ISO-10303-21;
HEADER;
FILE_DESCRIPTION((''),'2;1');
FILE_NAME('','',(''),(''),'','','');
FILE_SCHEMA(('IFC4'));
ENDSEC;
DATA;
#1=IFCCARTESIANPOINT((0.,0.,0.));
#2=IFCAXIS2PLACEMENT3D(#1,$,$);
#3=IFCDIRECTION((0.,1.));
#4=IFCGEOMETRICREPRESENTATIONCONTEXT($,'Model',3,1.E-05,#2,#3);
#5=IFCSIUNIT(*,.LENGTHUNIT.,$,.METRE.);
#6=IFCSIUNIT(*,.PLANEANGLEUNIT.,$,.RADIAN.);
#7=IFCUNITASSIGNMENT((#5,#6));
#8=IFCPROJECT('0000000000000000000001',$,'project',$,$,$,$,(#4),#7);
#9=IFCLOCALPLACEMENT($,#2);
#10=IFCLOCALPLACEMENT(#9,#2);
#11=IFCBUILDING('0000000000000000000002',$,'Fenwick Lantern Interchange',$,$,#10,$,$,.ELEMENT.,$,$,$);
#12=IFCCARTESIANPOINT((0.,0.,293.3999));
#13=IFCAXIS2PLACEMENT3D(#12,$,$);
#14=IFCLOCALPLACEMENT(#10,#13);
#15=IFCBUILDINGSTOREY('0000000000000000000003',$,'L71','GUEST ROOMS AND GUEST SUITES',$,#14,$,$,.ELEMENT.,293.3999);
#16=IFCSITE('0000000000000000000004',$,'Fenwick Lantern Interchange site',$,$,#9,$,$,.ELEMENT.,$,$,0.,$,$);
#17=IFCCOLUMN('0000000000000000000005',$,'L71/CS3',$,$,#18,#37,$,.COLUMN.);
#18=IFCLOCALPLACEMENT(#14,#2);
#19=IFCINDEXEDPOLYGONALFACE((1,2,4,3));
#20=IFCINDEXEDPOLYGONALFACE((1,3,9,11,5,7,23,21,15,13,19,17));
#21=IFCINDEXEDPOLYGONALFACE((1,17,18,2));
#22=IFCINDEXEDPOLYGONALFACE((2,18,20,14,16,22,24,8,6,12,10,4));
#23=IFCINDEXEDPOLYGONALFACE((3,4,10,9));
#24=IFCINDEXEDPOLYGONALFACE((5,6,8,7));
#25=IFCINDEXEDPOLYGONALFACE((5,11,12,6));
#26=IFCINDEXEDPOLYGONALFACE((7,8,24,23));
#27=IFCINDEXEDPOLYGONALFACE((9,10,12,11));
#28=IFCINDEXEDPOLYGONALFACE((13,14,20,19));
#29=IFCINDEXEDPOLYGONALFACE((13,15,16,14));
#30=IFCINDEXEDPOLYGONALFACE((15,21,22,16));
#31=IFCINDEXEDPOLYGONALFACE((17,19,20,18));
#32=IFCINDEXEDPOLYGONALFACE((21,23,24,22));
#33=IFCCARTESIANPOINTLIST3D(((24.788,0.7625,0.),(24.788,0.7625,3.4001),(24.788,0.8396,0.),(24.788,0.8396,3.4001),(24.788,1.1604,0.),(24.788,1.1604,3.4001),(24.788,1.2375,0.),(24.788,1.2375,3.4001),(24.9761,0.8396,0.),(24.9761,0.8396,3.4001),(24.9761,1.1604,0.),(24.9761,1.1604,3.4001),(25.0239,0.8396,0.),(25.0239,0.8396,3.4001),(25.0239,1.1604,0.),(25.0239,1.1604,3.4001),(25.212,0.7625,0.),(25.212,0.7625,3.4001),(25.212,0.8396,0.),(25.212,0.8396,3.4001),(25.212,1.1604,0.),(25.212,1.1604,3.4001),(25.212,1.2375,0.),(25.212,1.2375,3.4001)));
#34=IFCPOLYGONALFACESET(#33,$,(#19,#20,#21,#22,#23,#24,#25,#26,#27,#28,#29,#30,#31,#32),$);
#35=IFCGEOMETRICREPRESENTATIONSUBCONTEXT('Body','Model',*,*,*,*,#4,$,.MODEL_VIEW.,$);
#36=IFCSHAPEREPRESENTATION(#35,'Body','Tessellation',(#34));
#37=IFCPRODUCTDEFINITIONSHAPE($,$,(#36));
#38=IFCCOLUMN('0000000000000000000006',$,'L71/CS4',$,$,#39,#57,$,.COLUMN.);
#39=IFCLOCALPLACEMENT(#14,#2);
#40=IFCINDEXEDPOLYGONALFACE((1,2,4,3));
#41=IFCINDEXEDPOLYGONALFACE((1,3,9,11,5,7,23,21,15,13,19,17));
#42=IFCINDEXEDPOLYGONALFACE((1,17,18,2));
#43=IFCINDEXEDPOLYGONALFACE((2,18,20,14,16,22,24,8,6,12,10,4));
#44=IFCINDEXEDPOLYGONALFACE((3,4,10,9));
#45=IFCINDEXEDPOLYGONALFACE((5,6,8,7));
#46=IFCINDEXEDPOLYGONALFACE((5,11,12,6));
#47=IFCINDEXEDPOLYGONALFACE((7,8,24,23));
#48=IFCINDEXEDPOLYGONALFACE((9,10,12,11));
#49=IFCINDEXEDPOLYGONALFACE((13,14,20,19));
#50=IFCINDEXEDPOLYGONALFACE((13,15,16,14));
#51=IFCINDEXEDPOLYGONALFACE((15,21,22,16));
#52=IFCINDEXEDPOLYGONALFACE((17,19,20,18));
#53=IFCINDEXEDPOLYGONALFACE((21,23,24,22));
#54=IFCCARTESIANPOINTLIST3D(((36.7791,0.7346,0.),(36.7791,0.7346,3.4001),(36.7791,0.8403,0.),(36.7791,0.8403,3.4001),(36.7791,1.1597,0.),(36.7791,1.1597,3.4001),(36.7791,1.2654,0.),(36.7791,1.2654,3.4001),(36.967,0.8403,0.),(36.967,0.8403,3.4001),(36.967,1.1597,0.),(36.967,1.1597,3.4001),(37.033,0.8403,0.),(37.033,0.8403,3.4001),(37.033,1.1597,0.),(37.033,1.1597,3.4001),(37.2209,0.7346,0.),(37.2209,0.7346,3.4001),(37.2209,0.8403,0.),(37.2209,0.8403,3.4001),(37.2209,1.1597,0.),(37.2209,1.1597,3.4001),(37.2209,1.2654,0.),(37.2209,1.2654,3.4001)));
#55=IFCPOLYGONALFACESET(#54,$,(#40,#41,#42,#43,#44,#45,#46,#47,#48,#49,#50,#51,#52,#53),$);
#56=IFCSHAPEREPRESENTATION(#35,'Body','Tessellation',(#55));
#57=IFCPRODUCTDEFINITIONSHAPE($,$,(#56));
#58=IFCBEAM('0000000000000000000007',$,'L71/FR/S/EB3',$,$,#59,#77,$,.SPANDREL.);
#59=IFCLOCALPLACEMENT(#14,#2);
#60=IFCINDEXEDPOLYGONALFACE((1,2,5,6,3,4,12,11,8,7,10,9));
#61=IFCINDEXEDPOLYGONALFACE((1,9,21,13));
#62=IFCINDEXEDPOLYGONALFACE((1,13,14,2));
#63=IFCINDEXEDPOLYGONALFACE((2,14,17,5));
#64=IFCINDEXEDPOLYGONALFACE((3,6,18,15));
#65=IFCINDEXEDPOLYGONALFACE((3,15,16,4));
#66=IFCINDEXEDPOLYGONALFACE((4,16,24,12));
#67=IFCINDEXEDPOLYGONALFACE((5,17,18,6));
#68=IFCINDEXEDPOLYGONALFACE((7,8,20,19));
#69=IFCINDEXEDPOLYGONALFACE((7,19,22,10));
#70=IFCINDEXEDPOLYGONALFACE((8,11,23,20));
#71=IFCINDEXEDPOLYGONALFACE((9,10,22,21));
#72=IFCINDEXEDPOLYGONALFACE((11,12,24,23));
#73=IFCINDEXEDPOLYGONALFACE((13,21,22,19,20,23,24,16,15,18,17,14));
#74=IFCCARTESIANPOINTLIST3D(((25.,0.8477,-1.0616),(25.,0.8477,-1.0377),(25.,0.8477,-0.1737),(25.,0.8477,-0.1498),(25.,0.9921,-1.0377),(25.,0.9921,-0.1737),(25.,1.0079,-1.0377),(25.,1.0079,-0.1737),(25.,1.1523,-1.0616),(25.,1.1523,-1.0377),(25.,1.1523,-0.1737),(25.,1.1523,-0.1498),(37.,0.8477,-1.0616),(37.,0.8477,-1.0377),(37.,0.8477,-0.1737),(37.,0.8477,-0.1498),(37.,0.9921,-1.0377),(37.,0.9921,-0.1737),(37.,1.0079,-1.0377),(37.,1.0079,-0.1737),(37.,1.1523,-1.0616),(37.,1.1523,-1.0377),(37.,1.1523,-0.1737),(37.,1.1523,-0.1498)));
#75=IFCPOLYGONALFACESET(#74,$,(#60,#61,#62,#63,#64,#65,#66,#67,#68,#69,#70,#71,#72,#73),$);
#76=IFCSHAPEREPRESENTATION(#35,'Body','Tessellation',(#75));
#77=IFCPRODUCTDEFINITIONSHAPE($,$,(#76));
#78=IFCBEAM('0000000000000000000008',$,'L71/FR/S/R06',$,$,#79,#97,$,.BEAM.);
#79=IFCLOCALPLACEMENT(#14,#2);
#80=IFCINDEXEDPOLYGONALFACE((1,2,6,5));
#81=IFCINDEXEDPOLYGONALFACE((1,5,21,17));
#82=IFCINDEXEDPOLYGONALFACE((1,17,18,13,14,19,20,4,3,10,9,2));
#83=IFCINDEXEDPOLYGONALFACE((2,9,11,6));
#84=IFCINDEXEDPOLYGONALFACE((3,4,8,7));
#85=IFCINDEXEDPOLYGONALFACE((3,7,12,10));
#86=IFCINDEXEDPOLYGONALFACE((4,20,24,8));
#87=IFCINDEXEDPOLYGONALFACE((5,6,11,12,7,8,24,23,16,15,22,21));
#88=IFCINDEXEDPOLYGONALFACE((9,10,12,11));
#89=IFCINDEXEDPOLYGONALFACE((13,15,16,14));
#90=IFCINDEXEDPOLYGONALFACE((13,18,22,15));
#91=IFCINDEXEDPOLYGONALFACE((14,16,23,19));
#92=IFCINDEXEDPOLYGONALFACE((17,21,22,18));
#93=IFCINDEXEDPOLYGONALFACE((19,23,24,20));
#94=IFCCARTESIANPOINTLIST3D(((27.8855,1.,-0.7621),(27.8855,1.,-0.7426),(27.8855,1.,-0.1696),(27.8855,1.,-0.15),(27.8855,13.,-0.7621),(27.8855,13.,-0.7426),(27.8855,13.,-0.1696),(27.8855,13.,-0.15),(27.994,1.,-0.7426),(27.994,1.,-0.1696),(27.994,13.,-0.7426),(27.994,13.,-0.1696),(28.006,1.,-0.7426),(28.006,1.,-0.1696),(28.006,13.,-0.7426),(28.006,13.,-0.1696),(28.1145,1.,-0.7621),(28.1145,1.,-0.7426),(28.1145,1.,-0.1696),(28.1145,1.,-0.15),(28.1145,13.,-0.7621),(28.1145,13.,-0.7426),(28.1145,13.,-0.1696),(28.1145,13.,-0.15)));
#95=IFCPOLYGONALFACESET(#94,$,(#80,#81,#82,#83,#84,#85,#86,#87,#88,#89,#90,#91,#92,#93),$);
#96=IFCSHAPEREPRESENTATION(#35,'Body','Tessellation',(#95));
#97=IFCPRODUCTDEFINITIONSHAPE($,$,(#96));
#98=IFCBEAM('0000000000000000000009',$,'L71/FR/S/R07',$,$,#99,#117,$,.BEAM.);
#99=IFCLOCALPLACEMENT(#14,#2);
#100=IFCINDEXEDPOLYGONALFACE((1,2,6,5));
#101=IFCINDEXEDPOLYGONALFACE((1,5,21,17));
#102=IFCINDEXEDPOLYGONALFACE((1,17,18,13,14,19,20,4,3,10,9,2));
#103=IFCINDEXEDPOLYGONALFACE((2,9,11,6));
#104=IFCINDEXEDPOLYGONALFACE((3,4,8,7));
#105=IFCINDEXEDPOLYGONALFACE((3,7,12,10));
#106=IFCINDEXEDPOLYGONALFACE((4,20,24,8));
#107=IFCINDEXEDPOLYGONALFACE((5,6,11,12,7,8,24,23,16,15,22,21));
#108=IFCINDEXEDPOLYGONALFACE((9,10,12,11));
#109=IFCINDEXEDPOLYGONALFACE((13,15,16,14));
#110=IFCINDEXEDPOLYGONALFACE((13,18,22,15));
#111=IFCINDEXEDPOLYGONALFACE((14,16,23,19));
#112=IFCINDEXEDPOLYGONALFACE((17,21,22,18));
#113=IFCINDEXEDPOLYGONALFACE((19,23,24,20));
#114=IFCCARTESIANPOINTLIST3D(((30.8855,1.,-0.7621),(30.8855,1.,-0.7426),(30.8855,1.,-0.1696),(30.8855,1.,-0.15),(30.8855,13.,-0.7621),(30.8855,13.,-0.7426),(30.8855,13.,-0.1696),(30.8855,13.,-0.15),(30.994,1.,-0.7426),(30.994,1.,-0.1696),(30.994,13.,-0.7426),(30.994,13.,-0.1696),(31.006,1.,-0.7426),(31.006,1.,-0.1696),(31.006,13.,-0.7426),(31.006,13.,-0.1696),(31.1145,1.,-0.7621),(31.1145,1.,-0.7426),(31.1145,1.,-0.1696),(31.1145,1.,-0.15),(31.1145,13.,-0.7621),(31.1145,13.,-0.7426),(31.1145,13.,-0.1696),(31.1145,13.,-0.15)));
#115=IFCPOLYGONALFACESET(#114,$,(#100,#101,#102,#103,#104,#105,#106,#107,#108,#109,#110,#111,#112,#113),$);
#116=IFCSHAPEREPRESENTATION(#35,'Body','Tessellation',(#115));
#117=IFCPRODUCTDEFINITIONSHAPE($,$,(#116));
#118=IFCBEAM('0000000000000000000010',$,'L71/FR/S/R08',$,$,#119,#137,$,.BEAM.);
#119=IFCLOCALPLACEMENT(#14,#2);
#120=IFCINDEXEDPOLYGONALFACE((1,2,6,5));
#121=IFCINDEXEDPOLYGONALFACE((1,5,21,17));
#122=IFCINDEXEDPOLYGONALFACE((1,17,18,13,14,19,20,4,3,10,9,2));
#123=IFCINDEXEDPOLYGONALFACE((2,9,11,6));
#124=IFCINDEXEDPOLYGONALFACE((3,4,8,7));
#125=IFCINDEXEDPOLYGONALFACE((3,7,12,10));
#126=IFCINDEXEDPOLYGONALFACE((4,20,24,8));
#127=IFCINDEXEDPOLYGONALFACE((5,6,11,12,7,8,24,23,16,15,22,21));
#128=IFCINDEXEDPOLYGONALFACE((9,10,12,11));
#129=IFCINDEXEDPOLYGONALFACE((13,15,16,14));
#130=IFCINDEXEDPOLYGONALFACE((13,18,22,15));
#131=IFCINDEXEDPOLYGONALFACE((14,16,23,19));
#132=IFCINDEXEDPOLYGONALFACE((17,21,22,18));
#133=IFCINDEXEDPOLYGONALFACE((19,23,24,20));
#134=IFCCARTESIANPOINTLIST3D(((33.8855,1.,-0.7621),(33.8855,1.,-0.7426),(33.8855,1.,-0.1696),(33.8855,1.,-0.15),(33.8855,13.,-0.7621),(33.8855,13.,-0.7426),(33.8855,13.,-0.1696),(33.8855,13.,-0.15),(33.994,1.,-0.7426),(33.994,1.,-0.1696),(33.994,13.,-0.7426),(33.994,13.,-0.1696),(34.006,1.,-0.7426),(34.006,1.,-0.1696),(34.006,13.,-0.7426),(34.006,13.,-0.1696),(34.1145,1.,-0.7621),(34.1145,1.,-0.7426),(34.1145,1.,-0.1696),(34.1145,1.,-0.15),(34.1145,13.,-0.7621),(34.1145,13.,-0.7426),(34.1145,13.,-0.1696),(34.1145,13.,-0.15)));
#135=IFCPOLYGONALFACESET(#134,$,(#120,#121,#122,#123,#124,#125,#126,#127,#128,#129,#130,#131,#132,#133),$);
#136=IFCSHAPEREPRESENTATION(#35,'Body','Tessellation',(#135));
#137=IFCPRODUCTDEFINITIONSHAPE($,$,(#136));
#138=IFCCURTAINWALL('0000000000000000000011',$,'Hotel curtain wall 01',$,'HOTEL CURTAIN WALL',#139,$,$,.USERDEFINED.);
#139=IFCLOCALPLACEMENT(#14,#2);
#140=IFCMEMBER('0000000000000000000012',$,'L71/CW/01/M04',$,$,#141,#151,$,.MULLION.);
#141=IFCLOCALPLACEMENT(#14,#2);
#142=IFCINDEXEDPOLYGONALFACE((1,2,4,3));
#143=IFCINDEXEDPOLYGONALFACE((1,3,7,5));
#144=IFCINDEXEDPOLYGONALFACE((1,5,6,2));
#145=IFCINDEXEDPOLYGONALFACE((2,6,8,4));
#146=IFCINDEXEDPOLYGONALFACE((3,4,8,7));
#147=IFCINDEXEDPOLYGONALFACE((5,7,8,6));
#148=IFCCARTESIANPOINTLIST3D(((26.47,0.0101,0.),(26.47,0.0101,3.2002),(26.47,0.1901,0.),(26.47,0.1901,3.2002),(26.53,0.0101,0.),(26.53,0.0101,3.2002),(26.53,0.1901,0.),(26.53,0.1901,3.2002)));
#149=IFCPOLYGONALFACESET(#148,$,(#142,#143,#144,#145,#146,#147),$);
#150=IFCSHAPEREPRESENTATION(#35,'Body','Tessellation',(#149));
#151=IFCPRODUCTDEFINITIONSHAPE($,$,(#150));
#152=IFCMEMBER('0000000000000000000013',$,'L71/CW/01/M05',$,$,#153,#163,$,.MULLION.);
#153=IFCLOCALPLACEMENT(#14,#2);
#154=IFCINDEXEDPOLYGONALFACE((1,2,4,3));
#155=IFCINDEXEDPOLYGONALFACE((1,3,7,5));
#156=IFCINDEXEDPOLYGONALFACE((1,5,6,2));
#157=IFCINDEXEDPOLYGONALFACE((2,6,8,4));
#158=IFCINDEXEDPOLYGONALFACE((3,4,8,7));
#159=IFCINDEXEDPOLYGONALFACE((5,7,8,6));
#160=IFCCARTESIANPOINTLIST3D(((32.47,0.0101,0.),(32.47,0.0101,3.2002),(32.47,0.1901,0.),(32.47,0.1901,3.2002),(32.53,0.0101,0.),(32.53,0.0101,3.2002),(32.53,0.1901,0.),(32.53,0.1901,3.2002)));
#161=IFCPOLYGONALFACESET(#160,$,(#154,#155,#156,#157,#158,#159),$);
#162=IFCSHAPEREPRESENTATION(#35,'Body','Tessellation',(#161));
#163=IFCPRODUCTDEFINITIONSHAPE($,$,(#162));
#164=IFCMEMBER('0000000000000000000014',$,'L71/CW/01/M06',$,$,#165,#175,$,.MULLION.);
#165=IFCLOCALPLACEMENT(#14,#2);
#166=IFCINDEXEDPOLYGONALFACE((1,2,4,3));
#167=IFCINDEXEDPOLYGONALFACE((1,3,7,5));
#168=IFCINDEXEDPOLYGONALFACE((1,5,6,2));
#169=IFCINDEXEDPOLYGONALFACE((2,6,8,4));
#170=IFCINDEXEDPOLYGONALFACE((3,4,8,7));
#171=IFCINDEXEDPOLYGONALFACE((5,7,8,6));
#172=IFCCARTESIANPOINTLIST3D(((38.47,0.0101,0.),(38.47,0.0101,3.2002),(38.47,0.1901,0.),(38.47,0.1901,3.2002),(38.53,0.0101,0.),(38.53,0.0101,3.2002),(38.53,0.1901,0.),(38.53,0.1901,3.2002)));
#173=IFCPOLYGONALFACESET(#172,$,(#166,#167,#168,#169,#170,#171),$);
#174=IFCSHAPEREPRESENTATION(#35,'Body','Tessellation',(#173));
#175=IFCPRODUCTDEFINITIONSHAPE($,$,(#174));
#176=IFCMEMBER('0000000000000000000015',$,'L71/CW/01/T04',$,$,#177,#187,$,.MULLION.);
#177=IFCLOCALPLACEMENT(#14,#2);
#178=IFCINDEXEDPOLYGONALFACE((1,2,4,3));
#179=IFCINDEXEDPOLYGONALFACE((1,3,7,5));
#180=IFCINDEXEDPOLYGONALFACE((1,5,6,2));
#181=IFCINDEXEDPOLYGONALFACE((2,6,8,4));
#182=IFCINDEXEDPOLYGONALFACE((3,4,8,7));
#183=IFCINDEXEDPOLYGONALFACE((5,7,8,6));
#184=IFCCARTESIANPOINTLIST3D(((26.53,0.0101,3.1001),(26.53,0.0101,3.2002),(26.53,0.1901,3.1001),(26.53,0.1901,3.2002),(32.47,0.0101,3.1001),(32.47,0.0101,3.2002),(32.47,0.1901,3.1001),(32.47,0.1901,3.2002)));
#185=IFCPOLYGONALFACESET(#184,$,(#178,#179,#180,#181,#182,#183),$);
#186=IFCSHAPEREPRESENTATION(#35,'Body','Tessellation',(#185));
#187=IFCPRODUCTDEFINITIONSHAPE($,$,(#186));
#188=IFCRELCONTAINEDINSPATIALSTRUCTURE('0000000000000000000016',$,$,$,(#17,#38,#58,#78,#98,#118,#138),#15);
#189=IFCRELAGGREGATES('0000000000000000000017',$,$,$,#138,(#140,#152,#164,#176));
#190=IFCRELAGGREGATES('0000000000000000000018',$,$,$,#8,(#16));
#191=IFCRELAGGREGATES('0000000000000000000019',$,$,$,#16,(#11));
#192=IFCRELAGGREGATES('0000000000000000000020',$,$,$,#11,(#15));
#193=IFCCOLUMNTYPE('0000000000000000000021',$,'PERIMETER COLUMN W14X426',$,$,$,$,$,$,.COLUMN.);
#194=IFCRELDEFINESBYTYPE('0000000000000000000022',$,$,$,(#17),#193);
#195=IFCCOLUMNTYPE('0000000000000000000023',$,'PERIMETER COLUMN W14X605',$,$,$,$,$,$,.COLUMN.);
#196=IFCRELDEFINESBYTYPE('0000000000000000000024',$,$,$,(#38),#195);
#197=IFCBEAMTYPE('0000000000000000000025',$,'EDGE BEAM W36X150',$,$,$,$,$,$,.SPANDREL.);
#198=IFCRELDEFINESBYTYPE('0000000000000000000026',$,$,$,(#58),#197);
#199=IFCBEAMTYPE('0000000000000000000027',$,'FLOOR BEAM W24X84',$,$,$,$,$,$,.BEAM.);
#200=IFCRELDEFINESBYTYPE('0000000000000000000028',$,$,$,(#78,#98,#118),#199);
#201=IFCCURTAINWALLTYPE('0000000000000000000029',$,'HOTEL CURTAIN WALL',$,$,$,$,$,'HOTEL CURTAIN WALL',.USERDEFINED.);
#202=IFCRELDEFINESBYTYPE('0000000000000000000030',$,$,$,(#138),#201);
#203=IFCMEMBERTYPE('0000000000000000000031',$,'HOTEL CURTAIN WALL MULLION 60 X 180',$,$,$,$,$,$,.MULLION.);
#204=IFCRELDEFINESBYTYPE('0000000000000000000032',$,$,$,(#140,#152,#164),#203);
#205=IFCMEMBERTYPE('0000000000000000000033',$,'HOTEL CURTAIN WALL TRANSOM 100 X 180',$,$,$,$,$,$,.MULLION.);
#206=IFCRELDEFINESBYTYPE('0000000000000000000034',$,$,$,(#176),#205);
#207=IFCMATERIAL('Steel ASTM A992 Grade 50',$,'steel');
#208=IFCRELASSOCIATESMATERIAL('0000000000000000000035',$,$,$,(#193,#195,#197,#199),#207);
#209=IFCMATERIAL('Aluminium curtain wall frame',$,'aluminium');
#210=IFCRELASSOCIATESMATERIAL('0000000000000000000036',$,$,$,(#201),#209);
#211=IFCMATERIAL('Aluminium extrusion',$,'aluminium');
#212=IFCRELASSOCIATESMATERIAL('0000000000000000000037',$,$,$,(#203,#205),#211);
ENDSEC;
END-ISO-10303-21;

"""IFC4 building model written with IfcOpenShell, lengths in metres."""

from ifc_helpers import new_model, si_unit, direction, frame, origin, origin_2d, place, context, subcontext, project, spatial, rectangle, i_section, extrude, material, material_profile, profile_set, type_object, element, aggregate, save


model = new_model("IFC4")

# Units and contexts
model_context = context("Model", 3, precision=1e-05, world=origin(), true_north=direction((0.0, 1.0)))
body_context = subcontext(model_context, "Body", "Model", "MODEL_VIEW")
ifc_project = project(units=[si_unit("LENGTHUNIT", "METRE"), si_unit("PLANEANGLEUNIT", "RADIAN")], contexts=[model_context])

# Site, building, storey
site_placement = place(None, origin())
site = spatial("IfcSite", under=ifc_project, at=site_placement, Name="Fenwick Lantern Interchange site", CompositionType="ELEMENT", RefElevation=0.0)
building_placement = place(site_placement, origin())
building = spatial("IfcBuilding", under=site, at=building_placement, Name="Fenwick Lantern Interchange", CompositionType="ELEMENT")
storey_placement = place(building_placement, frame((0.0, 0.0, 293.3999)))
storey = spatial("IfcBuildingStorey", under=building, at=storey_placement, Name="L71", Description="GUEST ROOMS AND GUEST SUITES", CompositionType="ELEMENT", Elevation=293.3999)

# Columns
ifc_material_1 = material(Name="Steel ASTM A992 Grade 50", Category="steel")
ifc_material_profile_1 = material_profile(ifc_material_1, i_section(OverallWidth=0.4241, OverallDepth=0.4751, WebThickness=0.0479, FlangeThickness=0.0771, at=origin_2d()), Name="W14X426")
ifc_profile_set_1 = profile_set([ifc_material_profile_1], Name="Steel ASTM A992 Grade 50")
column_type_1 = type_object("IfcColumnType", Name="PERIMETER COLUMN W14X426", PredefinedType="COLUMN", material=ifc_profile_set_1)
column_1_placement = place(storey_placement, frame((25.0, 1.0, 0.0), z_axis=(0.0, 0.0, 1.0), x_axis=(1.0, 0.0, 0.0)))
element("IfcColumn", 1, at=column_1_placement, inside=storey, type_object=column_type_1, Name="L71/CS3", PredefinedType="COLUMN", context=body_context, shape_type="SweptSolid", body=[
    extrude(i_section(OverallWidth=0.4241, OverallDepth=0.4751, WebThickness=0.0479, FlangeThickness=0.0771, at=origin_2d()), origin(), (0.0, 0.0, 1.0), 3.4001),
])
ifc_material_profile_2 = material_profile(ifc_material_1, i_section(OverallWidth=0.4419, OverallDepth=0.5308, WebThickness=0.0659, FlangeThickness=0.1057, at=origin_2d()), Name="W14X605")
ifc_profile_set_2 = profile_set([ifc_material_profile_2], Name="Steel ASTM A992 Grade 50")
column_type_2 = type_object("IfcColumnType", Name="PERIMETER COLUMN W14X605", PredefinedType="COLUMN", material=ifc_profile_set_2)
column_2_placement = place(storey_placement, frame((37.0, 1.0, 0.0), z_axis=(0.0, 0.0, 1.0), x_axis=(1.0, 0.0, 0.0)))
element("IfcColumn", 2, at=column_2_placement, inside=storey, type_object=column_type_2, Name="L71/CS4", PredefinedType="COLUMN", context=body_context, shape_type="SweptSolid", body=[
    extrude(i_section(OverallWidth=0.4419, OverallDepth=0.5308, WebThickness=0.0659, FlangeThickness=0.1057, at=origin_2d()), origin(), (0.0, 0.0, 1.0), 3.4001),
])

# Beams
ifc_material_profile_3 = material_profile(ifc_material_1, i_section(OverallWidth=0.3047, OverallDepth=0.9119, WebThickness=0.0159, FlangeThickness=0.0239, at=origin_2d()), Name="W36X150")
ifc_profile_set_3 = profile_set([ifc_material_profile_3], Name="Steel ASTM A992 Grade 50")
beam_type_1 = type_object("IfcBeamType", Name="EDGE BEAM W36X150", PredefinedType="SPANDREL", material=ifc_profile_set_3)
beam_1_placement = place(storey_placement, frame((25.0, 1.0, -0.6057), z_axis=(1.0, 0.0, 0.0), x_axis=(0.0, 1.0, 0.0)))
element("IfcBeam", 3, at=beam_1_placement, inside=storey, type_object=beam_type_1, Name="L71/FR/S/EB3", PredefinedType="SPANDREL", context=body_context, shape_type="SweptSolid", body=[
    extrude(i_section(OverallWidth=0.3047, OverallDepth=0.9119, WebThickness=0.0159, FlangeThickness=0.0239, at=origin_2d()), origin(), (0.0, 0.0, 1.0), 12.0),
])
ifc_material_profile_4 = material_profile(ifc_material_1, i_section(OverallWidth=0.229, OverallDepth=0.6121, WebThickness=0.012, FlangeThickness=0.0195, at=origin_2d()), Name="W24X84")
ifc_profile_set_4 = profile_set([ifc_material_profile_4], Name="Steel ASTM A992 Grade 50")
beam_type_2 = type_object("IfcBeamType", Name="FLOOR BEAM W24X84", PredefinedType="BEAM", material=ifc_profile_set_4)
for number, where, z_axis, x_axis, name in (
    (4, (28.0, 1.0, -0.4561), (0.0, 1.0, 0.0), (-1.0, 0.0, 0.0), "L71/FR/S/R06"),
    (5, (31.0, 1.0, -0.4561), (0.0, 1.0, 0.0), (-1.0, 0.0, 0.0), "L71/FR/S/R07"),
    (6, (34.0, 1.0, -0.4561), (0.0, 1.0, 0.0), (-1.0, 0.0, 0.0), "L71/FR/S/R08"),
):
    element("IfcBeam", number, at=place(storey_placement, frame(where, z_axis=z_axis, x_axis=x_axis)), inside=storey, type_object=beam_type_2, Name=name, PredefinedType="BEAM", context=body_context, shape_type="SweptSolid", body=[
        extrude(i_section(OverallWidth=0.229, OverallDepth=0.6121, WebThickness=0.012, FlangeThickness=0.0195, at=origin_2d()), origin(), (0.0, 0.0, 1.0), 12.0),
    ])

# Curtain wall, members
ifc_material_2 = material(Name="Aluminium curtain wall frame", Category="aluminium")
curtain_wall_type = type_object("IfcCurtainWallType", Name="HOTEL CURTAIN WALL", ElementType="HOTEL CURTAIN WALL", PredefinedType="USERDEFINED", material=ifc_material_2)
curtain_wall_placement = place(storey_placement, origin())
curtain_wall = element("IfcCurtainWall", 7, at=curtain_wall_placement, inside=storey, type_object=curtain_wall_type, Name="Hotel curtain wall 01", ObjectType="HOTEL CURTAIN WALL", PredefinedType="USERDEFINED")
ifc_material_3 = material(Name="Aluminium extrusion", Category="aluminium")
ifc_material_profile_5 = material_profile(ifc_material_3, rectangle(XDim=0.1799, YDim=0.0601, at=origin_2d()), Name="HOTEL CURTAIN WALL MULLION 60 X 180")
ifc_profile_set_5 = profile_set([ifc_material_profile_5], Name="Aluminium extrusion")
member_type_1 = type_object("IfcMemberType", Name="HOTEL CURTAIN WALL MULLION 60 X 180", PredefinedType="MULLION", material=ifc_profile_set_5)
member_1_placement = place(storey_placement, frame((26.5, 0.1001, 0.0), z_axis=(0.0, 0.0, 1.0), x_axis=(0.0, 1.0, 0.0)))
member_1 = element("IfcMember", 8, at=member_1_placement, type_object=member_type_1, Name="L71/CW/01/M04", PredefinedType="MULLION", context=body_context, shape_type="SweptSolid", body=[
    extrude(rectangle(XDim=0.1799, YDim=0.0601, at=origin_2d()), origin(), (0.0, 0.0, 1.0), 3.2002),
])
member_2_placement = place(storey_placement, frame((32.5, 0.1001, 0.0), z_axis=(0.0, 0.0, 1.0), x_axis=(0.0, 1.0, 0.0)))
member_2 = element("IfcMember", 9, at=member_2_placement, type_object=member_type_1, Name="L71/CW/01/M05", PredefinedType="MULLION", context=body_context, shape_type="SweptSolid", body=[
    extrude(rectangle(XDim=0.1799, YDim=0.0601, at=origin_2d()), origin(), (0.0, 0.0, 1.0), 3.2002),
])
member_3_placement = place(storey_placement, frame((38.5, 0.1001, 0.0), z_axis=(0.0, 0.0, 1.0), x_axis=(0.0, 1.0, 0.0)))
member_3 = element("IfcMember", 10, at=member_3_placement, type_object=member_type_1, Name="L71/CW/01/M06", PredefinedType="MULLION", context=body_context, shape_type="SweptSolid", body=[
    extrude(rectangle(XDim=0.1799, YDim=0.0601, at=origin_2d()), origin(), (0.0, 0.0, 1.0), 3.2002),
])
ifc_material_profile_6 = material_profile(ifc_material_3, rectangle(XDim=0.1799, YDim=0.1001, at=origin_2d()), Name="HOTEL CURTAIN WALL TRANSOM 100 X 180")
ifc_profile_set_6 = profile_set([ifc_material_profile_6], Name="Aluminium extrusion")
member_type_2 = type_object("IfcMemberType", Name="HOTEL CURTAIN WALL TRANSOM 100 X 180", PredefinedType="MULLION", material=ifc_profile_set_6)
member_4_placement = place(storey_placement, frame((26.53, 0.1001, 3.1501), z_axis=(1.0, 0.0, 0.0), x_axis=(0.0, 1.0, 0.0)))
member_4 = element("IfcMember", 11, at=member_4_placement, type_object=member_type_2, Name="L71/CW/01/T04", PredefinedType="MULLION", context=body_context, shape_type="SweptSolid", body=[
    extrude(rectangle(XDim=0.1799, YDim=0.1001, at=origin_2d()), origin(), (0.0, 0.0, 1.0), 5.9399),
])
aggregate(curtain_wall, [member_1, member_2, member_3, member_4])

save(model, "model.ifc")
